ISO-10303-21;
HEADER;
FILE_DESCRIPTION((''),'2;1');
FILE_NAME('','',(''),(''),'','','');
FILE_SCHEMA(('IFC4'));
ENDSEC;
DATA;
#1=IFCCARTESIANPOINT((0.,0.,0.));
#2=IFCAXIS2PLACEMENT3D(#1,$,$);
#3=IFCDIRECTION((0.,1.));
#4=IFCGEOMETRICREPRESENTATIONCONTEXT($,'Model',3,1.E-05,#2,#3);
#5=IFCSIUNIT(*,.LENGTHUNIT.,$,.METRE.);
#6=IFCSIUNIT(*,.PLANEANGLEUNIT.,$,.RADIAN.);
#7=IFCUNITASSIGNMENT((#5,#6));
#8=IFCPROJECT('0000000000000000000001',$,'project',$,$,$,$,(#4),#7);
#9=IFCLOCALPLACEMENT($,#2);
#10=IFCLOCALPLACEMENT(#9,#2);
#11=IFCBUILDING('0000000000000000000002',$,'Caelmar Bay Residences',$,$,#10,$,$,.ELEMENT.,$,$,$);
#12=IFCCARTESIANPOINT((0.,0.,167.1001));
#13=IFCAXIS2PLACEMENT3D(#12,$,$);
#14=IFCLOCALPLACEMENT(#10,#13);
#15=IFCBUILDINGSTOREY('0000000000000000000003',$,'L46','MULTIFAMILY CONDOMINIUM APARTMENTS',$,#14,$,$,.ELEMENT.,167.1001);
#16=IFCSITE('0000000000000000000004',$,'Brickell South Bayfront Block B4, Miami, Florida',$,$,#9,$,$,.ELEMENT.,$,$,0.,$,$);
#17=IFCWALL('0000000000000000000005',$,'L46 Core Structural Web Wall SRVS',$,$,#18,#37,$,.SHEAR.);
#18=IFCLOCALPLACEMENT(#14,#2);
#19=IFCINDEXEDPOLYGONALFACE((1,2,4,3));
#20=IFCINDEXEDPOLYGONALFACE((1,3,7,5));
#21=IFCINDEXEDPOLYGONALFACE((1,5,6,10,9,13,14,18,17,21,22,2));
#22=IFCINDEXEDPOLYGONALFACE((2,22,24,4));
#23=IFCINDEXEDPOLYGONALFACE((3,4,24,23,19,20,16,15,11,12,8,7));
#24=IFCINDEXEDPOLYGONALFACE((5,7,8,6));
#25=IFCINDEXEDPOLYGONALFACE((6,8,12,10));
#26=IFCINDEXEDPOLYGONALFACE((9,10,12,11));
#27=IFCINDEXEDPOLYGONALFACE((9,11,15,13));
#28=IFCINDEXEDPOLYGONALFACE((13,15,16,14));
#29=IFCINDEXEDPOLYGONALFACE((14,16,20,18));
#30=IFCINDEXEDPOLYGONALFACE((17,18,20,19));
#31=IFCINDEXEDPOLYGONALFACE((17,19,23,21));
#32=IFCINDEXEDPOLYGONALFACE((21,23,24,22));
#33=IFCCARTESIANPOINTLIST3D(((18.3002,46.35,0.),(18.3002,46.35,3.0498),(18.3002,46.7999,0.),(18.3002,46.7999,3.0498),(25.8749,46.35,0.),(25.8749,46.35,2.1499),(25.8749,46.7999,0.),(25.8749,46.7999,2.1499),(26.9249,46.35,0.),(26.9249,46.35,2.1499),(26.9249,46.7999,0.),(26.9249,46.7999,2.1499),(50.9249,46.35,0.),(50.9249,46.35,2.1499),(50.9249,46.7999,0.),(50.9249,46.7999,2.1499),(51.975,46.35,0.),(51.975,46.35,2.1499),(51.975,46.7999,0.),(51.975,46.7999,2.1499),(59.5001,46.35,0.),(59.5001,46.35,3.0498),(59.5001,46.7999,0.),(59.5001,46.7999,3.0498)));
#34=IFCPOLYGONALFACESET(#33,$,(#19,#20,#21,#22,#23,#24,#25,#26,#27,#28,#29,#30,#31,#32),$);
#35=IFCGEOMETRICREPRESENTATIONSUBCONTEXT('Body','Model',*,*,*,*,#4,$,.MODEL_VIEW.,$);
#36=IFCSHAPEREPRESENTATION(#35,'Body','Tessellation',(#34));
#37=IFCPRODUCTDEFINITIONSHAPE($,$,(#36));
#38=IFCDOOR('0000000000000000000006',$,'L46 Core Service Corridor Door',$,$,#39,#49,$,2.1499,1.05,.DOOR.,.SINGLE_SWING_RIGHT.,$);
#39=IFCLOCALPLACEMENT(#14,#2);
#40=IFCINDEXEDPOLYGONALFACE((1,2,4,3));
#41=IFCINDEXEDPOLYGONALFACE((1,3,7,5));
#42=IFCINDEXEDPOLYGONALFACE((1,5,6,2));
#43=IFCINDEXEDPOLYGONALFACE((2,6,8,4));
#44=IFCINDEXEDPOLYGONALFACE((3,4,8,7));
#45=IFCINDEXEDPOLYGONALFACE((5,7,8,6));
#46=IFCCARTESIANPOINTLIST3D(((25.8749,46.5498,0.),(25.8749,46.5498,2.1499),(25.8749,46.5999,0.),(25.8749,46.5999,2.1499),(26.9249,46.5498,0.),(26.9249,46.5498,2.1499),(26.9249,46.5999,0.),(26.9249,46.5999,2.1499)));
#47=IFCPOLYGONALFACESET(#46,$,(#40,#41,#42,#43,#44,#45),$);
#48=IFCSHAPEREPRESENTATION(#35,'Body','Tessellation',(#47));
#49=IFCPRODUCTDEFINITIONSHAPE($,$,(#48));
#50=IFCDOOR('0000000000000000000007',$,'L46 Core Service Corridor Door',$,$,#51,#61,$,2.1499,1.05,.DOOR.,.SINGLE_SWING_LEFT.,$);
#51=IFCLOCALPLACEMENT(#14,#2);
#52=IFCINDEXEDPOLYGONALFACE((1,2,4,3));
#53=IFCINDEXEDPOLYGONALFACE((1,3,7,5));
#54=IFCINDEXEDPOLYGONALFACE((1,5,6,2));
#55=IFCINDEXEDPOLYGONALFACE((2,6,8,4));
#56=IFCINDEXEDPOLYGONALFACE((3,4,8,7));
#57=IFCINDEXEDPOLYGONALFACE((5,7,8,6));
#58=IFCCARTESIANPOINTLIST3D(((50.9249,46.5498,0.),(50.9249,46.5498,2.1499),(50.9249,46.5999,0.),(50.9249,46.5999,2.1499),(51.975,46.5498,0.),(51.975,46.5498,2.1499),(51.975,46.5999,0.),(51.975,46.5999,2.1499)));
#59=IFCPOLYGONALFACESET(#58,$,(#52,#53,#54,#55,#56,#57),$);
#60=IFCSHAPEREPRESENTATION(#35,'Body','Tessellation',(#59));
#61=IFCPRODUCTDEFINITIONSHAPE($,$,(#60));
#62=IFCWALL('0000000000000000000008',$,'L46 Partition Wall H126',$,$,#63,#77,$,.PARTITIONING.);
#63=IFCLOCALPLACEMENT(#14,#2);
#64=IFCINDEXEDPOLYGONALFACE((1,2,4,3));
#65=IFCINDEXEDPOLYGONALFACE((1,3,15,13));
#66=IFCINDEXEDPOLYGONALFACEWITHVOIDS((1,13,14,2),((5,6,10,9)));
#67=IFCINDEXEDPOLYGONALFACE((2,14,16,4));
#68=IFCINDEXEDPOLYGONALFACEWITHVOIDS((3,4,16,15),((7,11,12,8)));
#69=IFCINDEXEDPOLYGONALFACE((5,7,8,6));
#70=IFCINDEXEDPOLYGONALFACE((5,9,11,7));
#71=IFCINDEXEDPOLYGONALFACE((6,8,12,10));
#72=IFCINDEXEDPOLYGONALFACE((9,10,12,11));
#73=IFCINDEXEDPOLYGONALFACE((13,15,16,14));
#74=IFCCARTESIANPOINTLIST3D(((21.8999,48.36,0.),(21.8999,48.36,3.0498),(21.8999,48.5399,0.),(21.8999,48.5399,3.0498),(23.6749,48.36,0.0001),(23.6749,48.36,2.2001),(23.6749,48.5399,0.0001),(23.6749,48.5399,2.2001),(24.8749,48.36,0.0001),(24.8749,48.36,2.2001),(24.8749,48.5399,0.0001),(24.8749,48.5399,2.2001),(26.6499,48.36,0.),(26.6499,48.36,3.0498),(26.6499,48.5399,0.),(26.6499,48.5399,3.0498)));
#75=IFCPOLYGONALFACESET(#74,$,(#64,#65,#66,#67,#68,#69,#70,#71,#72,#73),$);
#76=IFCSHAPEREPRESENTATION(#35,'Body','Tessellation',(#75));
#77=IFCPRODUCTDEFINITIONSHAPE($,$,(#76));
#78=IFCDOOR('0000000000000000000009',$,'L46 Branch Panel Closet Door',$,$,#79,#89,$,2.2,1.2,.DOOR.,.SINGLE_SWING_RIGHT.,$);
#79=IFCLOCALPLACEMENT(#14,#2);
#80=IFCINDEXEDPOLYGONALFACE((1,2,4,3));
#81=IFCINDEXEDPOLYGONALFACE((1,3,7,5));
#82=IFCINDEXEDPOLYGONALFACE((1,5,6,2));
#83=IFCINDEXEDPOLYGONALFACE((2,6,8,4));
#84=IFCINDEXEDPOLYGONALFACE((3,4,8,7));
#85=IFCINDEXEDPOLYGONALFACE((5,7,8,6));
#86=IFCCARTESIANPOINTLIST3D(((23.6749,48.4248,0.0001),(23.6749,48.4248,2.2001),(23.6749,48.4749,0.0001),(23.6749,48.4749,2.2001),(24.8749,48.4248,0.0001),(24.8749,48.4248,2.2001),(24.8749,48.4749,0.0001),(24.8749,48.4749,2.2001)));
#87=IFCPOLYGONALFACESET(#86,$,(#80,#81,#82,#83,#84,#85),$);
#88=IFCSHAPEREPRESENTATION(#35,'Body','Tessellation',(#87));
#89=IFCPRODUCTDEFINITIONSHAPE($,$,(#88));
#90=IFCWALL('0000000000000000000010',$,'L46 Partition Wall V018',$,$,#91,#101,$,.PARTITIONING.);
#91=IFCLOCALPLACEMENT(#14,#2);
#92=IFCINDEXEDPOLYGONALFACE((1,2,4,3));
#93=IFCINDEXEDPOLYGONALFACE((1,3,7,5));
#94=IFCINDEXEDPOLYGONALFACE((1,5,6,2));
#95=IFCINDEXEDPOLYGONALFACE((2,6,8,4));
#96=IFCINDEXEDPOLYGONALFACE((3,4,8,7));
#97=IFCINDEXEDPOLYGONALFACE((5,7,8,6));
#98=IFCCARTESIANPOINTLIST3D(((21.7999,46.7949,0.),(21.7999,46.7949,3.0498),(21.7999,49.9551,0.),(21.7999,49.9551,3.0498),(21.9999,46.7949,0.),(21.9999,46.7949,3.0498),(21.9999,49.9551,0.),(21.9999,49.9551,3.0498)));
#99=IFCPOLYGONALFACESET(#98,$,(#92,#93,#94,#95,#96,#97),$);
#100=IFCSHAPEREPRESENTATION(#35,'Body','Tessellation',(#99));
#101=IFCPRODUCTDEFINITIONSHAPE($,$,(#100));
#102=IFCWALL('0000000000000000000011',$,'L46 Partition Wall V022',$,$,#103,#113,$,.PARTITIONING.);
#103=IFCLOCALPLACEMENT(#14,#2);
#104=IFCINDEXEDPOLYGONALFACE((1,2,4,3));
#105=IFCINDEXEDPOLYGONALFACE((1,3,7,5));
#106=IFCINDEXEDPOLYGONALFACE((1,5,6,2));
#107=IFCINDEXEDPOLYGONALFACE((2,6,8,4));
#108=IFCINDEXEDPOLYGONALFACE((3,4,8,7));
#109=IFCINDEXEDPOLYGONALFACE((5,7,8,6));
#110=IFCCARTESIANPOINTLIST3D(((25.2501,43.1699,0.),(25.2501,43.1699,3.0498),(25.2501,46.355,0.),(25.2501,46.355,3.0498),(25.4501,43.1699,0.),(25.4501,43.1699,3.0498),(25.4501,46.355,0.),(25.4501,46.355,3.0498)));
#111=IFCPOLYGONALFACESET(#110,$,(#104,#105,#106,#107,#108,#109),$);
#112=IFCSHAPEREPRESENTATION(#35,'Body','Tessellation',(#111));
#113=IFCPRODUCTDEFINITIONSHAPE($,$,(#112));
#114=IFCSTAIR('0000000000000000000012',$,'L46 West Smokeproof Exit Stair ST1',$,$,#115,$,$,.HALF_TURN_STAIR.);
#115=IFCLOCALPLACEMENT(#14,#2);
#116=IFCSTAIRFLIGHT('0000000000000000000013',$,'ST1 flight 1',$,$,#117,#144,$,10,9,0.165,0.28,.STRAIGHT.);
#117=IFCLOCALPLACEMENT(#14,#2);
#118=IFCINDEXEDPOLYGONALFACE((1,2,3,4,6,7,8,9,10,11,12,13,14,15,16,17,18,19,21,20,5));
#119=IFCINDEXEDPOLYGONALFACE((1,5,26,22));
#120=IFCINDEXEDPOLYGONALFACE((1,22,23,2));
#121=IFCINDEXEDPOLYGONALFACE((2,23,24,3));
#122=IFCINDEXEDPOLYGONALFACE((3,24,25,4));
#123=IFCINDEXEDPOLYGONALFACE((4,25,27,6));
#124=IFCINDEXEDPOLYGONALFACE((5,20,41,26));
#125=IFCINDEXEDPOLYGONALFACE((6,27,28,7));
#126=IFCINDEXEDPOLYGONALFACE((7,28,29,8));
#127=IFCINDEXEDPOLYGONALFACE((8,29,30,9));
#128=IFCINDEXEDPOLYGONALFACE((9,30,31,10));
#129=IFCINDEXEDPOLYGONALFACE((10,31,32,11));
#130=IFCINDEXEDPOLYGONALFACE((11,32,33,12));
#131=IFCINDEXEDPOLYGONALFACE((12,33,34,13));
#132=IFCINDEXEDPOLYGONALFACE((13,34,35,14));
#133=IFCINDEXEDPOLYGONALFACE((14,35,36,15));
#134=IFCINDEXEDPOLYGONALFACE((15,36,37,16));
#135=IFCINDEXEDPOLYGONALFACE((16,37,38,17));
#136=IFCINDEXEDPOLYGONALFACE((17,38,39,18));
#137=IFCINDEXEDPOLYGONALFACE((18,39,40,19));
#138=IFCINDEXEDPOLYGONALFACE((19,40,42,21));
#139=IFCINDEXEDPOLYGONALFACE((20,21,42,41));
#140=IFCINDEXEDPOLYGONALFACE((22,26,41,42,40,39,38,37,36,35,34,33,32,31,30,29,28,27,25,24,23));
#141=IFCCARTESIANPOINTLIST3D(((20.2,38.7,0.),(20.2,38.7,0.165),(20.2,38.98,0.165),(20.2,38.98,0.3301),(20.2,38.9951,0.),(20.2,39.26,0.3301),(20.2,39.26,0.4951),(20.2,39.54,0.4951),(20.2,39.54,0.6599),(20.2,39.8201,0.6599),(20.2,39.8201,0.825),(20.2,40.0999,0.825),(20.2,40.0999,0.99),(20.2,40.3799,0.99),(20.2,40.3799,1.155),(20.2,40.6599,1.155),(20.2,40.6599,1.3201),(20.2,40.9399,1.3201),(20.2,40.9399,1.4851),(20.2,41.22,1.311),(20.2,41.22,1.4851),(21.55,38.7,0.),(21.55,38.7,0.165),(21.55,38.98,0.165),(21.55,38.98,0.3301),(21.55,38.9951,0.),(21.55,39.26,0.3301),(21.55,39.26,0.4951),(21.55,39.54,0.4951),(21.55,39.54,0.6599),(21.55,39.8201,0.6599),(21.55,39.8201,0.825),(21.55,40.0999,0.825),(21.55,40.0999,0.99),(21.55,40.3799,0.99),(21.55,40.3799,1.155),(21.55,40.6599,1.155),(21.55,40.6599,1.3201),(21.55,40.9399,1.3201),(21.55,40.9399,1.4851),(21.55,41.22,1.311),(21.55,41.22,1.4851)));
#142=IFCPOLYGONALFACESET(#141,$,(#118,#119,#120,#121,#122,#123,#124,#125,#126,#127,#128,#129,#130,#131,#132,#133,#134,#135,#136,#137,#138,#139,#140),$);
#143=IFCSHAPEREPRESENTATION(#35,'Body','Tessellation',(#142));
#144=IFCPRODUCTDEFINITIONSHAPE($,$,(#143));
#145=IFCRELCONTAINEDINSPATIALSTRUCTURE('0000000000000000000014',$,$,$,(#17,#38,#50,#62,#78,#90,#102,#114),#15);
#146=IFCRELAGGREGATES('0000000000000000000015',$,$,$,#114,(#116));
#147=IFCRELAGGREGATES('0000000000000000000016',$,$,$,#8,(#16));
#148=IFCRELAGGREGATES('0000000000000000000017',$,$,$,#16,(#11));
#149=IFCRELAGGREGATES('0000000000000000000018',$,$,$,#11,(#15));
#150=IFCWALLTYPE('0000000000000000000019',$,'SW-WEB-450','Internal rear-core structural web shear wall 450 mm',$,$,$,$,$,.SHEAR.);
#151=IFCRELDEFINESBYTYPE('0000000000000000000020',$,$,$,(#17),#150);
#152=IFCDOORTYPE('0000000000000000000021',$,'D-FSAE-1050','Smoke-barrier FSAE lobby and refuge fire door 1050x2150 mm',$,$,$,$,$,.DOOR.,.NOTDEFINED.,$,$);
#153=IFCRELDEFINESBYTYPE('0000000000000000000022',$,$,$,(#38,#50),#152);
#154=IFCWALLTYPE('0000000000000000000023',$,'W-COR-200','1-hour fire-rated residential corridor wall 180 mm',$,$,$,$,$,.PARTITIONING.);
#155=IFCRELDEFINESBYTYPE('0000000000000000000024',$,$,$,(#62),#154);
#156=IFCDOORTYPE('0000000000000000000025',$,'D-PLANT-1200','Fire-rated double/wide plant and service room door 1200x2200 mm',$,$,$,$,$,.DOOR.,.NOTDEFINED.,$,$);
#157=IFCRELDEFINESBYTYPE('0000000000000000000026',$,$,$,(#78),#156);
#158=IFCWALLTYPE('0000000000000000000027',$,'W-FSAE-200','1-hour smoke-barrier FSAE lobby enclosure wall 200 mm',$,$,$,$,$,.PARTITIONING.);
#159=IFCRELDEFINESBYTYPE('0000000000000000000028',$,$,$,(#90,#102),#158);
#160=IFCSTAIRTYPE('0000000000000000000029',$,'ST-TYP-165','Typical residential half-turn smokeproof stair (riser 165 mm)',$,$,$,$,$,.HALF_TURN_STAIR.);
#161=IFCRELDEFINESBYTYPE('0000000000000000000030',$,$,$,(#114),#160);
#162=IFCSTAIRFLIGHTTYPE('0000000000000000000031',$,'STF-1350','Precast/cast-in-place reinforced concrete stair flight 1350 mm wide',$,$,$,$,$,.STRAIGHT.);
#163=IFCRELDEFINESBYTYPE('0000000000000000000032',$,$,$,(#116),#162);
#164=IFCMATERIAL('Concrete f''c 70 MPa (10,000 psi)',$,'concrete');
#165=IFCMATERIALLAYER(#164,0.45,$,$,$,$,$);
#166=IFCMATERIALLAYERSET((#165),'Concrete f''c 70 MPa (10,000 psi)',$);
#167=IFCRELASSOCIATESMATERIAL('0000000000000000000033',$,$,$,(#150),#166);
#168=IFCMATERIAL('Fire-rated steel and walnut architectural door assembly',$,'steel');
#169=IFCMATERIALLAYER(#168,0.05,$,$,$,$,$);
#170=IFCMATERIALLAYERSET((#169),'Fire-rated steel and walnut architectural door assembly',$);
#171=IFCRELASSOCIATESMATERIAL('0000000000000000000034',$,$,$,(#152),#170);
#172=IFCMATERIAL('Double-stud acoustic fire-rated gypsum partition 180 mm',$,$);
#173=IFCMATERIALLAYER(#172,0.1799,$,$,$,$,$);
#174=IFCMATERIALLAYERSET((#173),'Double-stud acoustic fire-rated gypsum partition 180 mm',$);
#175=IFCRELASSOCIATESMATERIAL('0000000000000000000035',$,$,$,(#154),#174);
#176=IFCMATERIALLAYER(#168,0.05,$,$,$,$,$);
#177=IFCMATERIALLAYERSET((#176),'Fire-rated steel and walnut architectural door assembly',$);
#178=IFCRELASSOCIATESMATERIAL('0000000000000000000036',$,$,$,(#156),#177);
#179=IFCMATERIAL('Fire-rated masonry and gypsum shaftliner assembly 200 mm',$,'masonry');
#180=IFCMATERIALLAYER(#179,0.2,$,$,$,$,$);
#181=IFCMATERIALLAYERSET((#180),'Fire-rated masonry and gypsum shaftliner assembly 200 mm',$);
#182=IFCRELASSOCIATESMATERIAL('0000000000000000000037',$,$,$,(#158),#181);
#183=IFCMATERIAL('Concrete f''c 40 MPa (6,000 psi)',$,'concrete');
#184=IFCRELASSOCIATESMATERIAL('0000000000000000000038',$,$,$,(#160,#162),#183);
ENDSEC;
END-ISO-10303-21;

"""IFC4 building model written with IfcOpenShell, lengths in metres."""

from ifc_helpers import new_model, si_unit, direction, frame, frame_2d, origin, place, context, subcontext, project, spatial, polyline, rectangle, outline, extrude, material, layer, layer_set, type_object, element, fill, aggregate, save


model = new_model("IFC4")

# Units and contexts
model_context = context("Model", 3, precision=1e-05, world=origin(), true_north=direction((0.0, 1.0)))
body_context = subcontext(model_context, "Body", "Model", "MODEL_VIEW")
ifc_project = project(units=[si_unit("LENGTHUNIT", "METRE"), si_unit("PLANEANGLEUNIT", "RADIAN")], contexts=[model_context])

# Site, building, storey
site_placement = place(None, origin())
site = spatial("IfcSite", under=ifc_project, at=site_placement, Name="Brickell South Bayfront Block B4, Miami, Florida", CompositionType="ELEMENT", RefElevation=0.0)
building_placement = place(site_placement, origin())
building = spatial("IfcBuilding", under=site, at=building_placement, Name="Caelmar Bay Residences", CompositionType="ELEMENT")
storey_placement = place(building_placement, frame((0.0, 0.0, 167.1001)))
storey = spatial("IfcBuildingStorey", under=building, at=storey_placement, Name="L46", Description="MULTIFAMILY CONDOMINIUM APARTMENTS", CompositionType="ELEMENT", Elevation=167.1001)

# Wall, openings, doors
ifc_material_1 = material(Name="Concrete f'c 70 MPa (10,000 psi)", Category="concrete")
ifc_layer_1 = layer(ifc_material_1, 0.45)
ifc_layer_set_1 = layer_set([ifc_layer_1], Name="Concrete f'c 70 MPa (10,000 psi)")
wall_type_1 = type_object("IfcWallType", Name="SW-WEB-450", Description="Internal rear-core structural web shear wall 450 mm", PredefinedType="SHEAR", material=ifc_layer_set_1)
ifc_material_2 = material(Name="Fire-rated steel and walnut architectural door assembly", Category="steel")
ifc_layer_2 = layer(ifc_material_2, 0.05)
ifc_layer_set_2 = layer_set([ifc_layer_2], Name="Fire-rated steel and walnut architectural door assembly")
door_type_1 = type_object("IfcDoorType", Name="D-FSAE-1050", Description="Smoke-barrier FSAE lobby and refuge fire door 1050x2150 mm", OperationType="NOTDEFINED", PredefinedType="DOOR", material=ifc_layer_set_2)
wall_1_placement = place(storey_placement, frame((18.3, 46.575, 0.0), z_axis=(0.0, 0.0, 1.0), x_axis=(1.0, 0.0, 0.0)))
wall_1 = element("IfcWall", 1, at=wall_1_placement, inside=storey, type_object=wall_type_1, Name="L46 Core Structural Web Wall SRVS", PredefinedType="SHEAR", context=body_context, shape_type="SweptSolid", body=[
    extrude(rectangle(XDim=41.2, YDim=0.45, at=frame_2d((20.6001, 0.0))), origin(), (0.0, 0.0, 1.0), 3.0498),
])
opening_1_placement = place(wall_1_placement, frame((7.575, 0.0, 0.0)))
opening_1 = element("IfcOpeningElement", 2, at=opening_1_placement, cuts=wall_1, PredefinedType="OPENING", context=body_context, shape_type="SweptSolid", body=[
    extrude(rectangle(XDim=1.05, YDim=2.1499, at=frame_2d((0.5249, 1.075))), frame((0.0, 0.2349, 0.0), z_axis=(0.0, -1.0, 0.0), x_axis=(1.0, 0.0, 0.0)), (0.0, 0.0, 1.0), 0.47),
])
opening_2_placement = place(wall_1_placement, frame((32.625, 0.0, 0.0)))
opening_2 = element("IfcOpeningElement", 3, at=opening_2_placement, cuts=wall_1, PredefinedType="OPENING", context=body_context, shape_type="SweptSolid", body=[
    extrude(rectangle(XDim=1.05, YDim=2.1499, at=frame_2d((0.5249, 1.075))), frame((0.0, 0.2349, 0.0), z_axis=(0.0, -1.0, 0.0), x_axis=(1.0, 0.0, 0.0)), (0.0, 0.0, 1.0), 0.47),
])
door_1_placement = place(opening_1_placement, origin())
door_1 = element("IfcDoor", 4, at=door_1_placement, inside=storey, type_object=door_type_1, Name="L46 Core Service Corridor Door", OperationType="SINGLE_SWING_RIGHT", OverallHeight=2.1499, OverallWidth=1.05, PredefinedType="DOOR", context=body_context, shape_type="SweptSolid", body=[
    extrude(rectangle(XDim=1.05, YDim=2.1499, at=frame_2d((0.5249, 1.075))), frame((0.0, 0.0249, 0.0), z_axis=(0.0, -1.0, 0.0), x_axis=(1.0, 0.0, 0.0)), (0.0, 0.0, 1.0), 0.05),
])
fill(opening_1, door_1)
door_2_placement = place(opening_2_placement, origin())
door_2 = element("IfcDoor", 5, at=door_2_placement, inside=storey, type_object=door_type_1, Name="L46 Core Service Corridor Door", OperationType="SINGLE_SWING_LEFT", OverallHeight=2.1499, OverallWidth=1.05, PredefinedType="DOOR", context=body_context, shape_type="SweptSolid", body=[
    extrude(rectangle(XDim=1.05, YDim=2.1499, at=frame_2d((0.5249, 1.075))), frame((0.0, 0.0249, 0.0), z_axis=(0.0, -1.0, 0.0), x_axis=(1.0, 0.0, 0.0)), (0.0, 0.0, 1.0), 0.05),
])
fill(opening_2, door_2)

# Wall, opening, door
ifc_material_3 = material(Name="Double-stud acoustic fire-rated gypsum partition 180 mm")
ifc_layer_3 = layer(ifc_material_3, 0.1799)
ifc_layer_set_3 = layer_set([ifc_layer_3], Name="Double-stud acoustic fire-rated gypsum partition 180 mm")
wall_type_2 = type_object("IfcWallType", Name="W-COR-200", Description="1-hour fire-rated residential corridor wall 180 mm", PredefinedType="PARTITIONING", material=ifc_layer_set_3)
wall_2_placement = place(storey_placement, frame((21.8999, 48.45, 0.0), z_axis=(0.0, 0.0, 1.0), x_axis=(1.0, 0.0, 0.0)))
wall_2 = element("IfcWall", 6, at=wall_2_placement, inside=storey, type_object=wall_type_2, Name="L46 Partition Wall H126", PredefinedType="PARTITIONING", context=body_context, shape_type="SweptSolid", body=[
    extrude(rectangle(XDim=4.75, YDim=0.1799, at=frame_2d((2.375, 0.0))), origin(), (0.0, 0.0, 1.0), 3.0498),
])
opening_3_placement = place(wall_2_placement, frame((1.7749, 0.0, 0.0)))
opening_3 = element("IfcOpeningElement", 7, at=opening_3_placement, cuts=wall_2, PredefinedType="OPENING", context=body_context, shape_type="SweptSolid", body=[
    extrude(rectangle(XDim=1.2, YDim=2.2, at=frame_2d((0.6001, 1.1001))), frame((0.0, 0.0999, 0.0), z_axis=(0.0, -1.0, 0.0), x_axis=(1.0, 0.0, 0.0)), (0.0, 0.0, 1.0), 0.2),
])
ifc_layer_4 = layer(ifc_material_2, 0.05)
ifc_layer_set_4 = layer_set([ifc_layer_4], Name="Fire-rated steel and walnut architectural door assembly")
door_type_2 = type_object("IfcDoorType", Name="D-PLANT-1200", Description="Fire-rated double/wide plant and service room door 1200x2200 mm", OperationType="NOTDEFINED", PredefinedType="DOOR", material=ifc_layer_set_4)
door_3_placement = place(opening_3_placement, origin())
door_3 = element("IfcDoor", 8, at=door_3_placement, inside=storey, type_object=door_type_2, Name="L46 Branch Panel Closet Door", OperationType="SINGLE_SWING_RIGHT", OverallHeight=2.2, OverallWidth=1.2, PredefinedType="DOOR", context=body_context, shape_type="SweptSolid", body=[
    extrude(rectangle(XDim=1.2, YDim=2.2, at=frame_2d((0.6001, 1.1001))), frame((0.0, 0.0249, 0.0), z_axis=(0.0, -1.0, 0.0), x_axis=(1.0, 0.0, 0.0)), (0.0, 0.0, 1.0), 0.05),
])
fill(opening_3, door_3)

# Walls
ifc_material_4 = material(Name="Fire-rated masonry and gypsum shaftliner assembly 200 mm", Category="masonry")
ifc_layer_5 = layer(ifc_material_4, 0.2)
ifc_layer_set_5 = layer_set([ifc_layer_5], Name="Fire-rated masonry and gypsum shaftliner assembly 200 mm")
wall_type_3 = type_object("IfcWallType", Name="W-FSAE-200", Description="1-hour smoke-barrier FSAE lobby enclosure wall 200 mm", PredefinedType="PARTITIONING", material=ifc_layer_set_5)
wall_3_placement = place(storey_placement, frame((21.8999, 46.7949, 0.0), z_axis=(0.0, 0.0, 1.0), x_axis=(0.0, 1.0, 0.0)))
element("IfcWall", 9, at=wall_3_placement, inside=storey, type_object=wall_type_3, Name="L46 Partition Wall V018", PredefinedType="PARTITIONING", context=body_context, shape_type="SweptSolid", body=[
    extrude(rectangle(XDim=3.1602, YDim=0.2, at=frame_2d((1.5801, 0.0))), origin(), (0.0, 0.0, 1.0), 3.0498),
])
wall_4_placement = place(storey_placement, frame((25.3501, 43.1699, 0.0), z_axis=(0.0, 0.0, 1.0), x_axis=(0.0, 1.0, 0.0)))
element("IfcWall", 10, at=wall_4_placement, inside=storey, type_object=wall_type_3, Name="L46 Partition Wall V022", PredefinedType="PARTITIONING", context=body_context, shape_type="SweptSolid", body=[
    extrude(rectangle(XDim=3.1851, YDim=0.2, at=frame_2d((1.5925, 0.0))), origin(), (0.0, 0.0, 1.0), 3.0498),
])

# Stair, stair flight
ifc_material_5 = material(Name="Concrete f'c 40 MPa (6,000 psi)", Category="concrete")
stair_type = type_object("IfcStairType", Name="ST-TYP-165", Description="Typical residential half-turn smokeproof stair (riser 165 mm)", PredefinedType="HALF_TURN_STAIR", material=ifc_material_5)
stair_placement = place(storey_placement, origin())
stair = element("IfcStair", 11, at=stair_placement, inside=storey, type_object=stair_type, Name="L46 West Smokeproof Exit Stair ST1", PredefinedType="HALF_TURN_STAIR")
stair_flight_type = type_object("IfcStairFlightType", Name="STF-1350", Description="Precast/cast-in-place reinforced concrete stair flight 1350 mm wide", PredefinedType="STRAIGHT", material=ifc_material_5)
stair_flight_1_placement = place(storey_placement, frame((20.875, 38.7, 0.0), z_axis=(0.0, 0.0, 1.0), x_axis=(0.0, 1.0, 0.0)))
stair_flight_1 = element("IfcStairFlight", 12, at=stair_flight_1_placement, type_object=stair_flight_type, Name="ST1 flight 1", NumberOfRisers=10, NumberOfTreads=9, PredefinedType="STRAIGHT", RiserHeight=0.165, TreadLength=0.28, context=body_context, shape_type="SweptSolid", body=[
    extrude(outline(polyline([(0.0, 0.0), (0.0, 0.165), (0.28, 0.165), (0.28, 0.3301), (0.5601, 0.3301), (0.5601, 0.4951), (0.8401, 0.4951), (0.8401, 0.6599), (1.1201, 0.6599), (1.1201, 0.825), (1.3999, 0.825), (1.3999, 0.99), (1.6799, 0.99), (1.6799, 1.155), (1.96, 1.155), (1.96, 1.3201), (2.24, 1.3201), (2.24, 1.4851), (2.52, 1.4851), (2.52, 1.6499), (2.52, 1.311), (0.2952, 0.0), (0.0, 0.0)])), frame((0.0, 0.675, 0.0), z_axis=(0.0, -1.0, 0.0), x_axis=(1.0, 0.0, 0.0)), (0.0, 0.0, 1.0), 1.3501),
])
aggregate(stair, [stair_flight_1])

save(model, "model.ifc")
